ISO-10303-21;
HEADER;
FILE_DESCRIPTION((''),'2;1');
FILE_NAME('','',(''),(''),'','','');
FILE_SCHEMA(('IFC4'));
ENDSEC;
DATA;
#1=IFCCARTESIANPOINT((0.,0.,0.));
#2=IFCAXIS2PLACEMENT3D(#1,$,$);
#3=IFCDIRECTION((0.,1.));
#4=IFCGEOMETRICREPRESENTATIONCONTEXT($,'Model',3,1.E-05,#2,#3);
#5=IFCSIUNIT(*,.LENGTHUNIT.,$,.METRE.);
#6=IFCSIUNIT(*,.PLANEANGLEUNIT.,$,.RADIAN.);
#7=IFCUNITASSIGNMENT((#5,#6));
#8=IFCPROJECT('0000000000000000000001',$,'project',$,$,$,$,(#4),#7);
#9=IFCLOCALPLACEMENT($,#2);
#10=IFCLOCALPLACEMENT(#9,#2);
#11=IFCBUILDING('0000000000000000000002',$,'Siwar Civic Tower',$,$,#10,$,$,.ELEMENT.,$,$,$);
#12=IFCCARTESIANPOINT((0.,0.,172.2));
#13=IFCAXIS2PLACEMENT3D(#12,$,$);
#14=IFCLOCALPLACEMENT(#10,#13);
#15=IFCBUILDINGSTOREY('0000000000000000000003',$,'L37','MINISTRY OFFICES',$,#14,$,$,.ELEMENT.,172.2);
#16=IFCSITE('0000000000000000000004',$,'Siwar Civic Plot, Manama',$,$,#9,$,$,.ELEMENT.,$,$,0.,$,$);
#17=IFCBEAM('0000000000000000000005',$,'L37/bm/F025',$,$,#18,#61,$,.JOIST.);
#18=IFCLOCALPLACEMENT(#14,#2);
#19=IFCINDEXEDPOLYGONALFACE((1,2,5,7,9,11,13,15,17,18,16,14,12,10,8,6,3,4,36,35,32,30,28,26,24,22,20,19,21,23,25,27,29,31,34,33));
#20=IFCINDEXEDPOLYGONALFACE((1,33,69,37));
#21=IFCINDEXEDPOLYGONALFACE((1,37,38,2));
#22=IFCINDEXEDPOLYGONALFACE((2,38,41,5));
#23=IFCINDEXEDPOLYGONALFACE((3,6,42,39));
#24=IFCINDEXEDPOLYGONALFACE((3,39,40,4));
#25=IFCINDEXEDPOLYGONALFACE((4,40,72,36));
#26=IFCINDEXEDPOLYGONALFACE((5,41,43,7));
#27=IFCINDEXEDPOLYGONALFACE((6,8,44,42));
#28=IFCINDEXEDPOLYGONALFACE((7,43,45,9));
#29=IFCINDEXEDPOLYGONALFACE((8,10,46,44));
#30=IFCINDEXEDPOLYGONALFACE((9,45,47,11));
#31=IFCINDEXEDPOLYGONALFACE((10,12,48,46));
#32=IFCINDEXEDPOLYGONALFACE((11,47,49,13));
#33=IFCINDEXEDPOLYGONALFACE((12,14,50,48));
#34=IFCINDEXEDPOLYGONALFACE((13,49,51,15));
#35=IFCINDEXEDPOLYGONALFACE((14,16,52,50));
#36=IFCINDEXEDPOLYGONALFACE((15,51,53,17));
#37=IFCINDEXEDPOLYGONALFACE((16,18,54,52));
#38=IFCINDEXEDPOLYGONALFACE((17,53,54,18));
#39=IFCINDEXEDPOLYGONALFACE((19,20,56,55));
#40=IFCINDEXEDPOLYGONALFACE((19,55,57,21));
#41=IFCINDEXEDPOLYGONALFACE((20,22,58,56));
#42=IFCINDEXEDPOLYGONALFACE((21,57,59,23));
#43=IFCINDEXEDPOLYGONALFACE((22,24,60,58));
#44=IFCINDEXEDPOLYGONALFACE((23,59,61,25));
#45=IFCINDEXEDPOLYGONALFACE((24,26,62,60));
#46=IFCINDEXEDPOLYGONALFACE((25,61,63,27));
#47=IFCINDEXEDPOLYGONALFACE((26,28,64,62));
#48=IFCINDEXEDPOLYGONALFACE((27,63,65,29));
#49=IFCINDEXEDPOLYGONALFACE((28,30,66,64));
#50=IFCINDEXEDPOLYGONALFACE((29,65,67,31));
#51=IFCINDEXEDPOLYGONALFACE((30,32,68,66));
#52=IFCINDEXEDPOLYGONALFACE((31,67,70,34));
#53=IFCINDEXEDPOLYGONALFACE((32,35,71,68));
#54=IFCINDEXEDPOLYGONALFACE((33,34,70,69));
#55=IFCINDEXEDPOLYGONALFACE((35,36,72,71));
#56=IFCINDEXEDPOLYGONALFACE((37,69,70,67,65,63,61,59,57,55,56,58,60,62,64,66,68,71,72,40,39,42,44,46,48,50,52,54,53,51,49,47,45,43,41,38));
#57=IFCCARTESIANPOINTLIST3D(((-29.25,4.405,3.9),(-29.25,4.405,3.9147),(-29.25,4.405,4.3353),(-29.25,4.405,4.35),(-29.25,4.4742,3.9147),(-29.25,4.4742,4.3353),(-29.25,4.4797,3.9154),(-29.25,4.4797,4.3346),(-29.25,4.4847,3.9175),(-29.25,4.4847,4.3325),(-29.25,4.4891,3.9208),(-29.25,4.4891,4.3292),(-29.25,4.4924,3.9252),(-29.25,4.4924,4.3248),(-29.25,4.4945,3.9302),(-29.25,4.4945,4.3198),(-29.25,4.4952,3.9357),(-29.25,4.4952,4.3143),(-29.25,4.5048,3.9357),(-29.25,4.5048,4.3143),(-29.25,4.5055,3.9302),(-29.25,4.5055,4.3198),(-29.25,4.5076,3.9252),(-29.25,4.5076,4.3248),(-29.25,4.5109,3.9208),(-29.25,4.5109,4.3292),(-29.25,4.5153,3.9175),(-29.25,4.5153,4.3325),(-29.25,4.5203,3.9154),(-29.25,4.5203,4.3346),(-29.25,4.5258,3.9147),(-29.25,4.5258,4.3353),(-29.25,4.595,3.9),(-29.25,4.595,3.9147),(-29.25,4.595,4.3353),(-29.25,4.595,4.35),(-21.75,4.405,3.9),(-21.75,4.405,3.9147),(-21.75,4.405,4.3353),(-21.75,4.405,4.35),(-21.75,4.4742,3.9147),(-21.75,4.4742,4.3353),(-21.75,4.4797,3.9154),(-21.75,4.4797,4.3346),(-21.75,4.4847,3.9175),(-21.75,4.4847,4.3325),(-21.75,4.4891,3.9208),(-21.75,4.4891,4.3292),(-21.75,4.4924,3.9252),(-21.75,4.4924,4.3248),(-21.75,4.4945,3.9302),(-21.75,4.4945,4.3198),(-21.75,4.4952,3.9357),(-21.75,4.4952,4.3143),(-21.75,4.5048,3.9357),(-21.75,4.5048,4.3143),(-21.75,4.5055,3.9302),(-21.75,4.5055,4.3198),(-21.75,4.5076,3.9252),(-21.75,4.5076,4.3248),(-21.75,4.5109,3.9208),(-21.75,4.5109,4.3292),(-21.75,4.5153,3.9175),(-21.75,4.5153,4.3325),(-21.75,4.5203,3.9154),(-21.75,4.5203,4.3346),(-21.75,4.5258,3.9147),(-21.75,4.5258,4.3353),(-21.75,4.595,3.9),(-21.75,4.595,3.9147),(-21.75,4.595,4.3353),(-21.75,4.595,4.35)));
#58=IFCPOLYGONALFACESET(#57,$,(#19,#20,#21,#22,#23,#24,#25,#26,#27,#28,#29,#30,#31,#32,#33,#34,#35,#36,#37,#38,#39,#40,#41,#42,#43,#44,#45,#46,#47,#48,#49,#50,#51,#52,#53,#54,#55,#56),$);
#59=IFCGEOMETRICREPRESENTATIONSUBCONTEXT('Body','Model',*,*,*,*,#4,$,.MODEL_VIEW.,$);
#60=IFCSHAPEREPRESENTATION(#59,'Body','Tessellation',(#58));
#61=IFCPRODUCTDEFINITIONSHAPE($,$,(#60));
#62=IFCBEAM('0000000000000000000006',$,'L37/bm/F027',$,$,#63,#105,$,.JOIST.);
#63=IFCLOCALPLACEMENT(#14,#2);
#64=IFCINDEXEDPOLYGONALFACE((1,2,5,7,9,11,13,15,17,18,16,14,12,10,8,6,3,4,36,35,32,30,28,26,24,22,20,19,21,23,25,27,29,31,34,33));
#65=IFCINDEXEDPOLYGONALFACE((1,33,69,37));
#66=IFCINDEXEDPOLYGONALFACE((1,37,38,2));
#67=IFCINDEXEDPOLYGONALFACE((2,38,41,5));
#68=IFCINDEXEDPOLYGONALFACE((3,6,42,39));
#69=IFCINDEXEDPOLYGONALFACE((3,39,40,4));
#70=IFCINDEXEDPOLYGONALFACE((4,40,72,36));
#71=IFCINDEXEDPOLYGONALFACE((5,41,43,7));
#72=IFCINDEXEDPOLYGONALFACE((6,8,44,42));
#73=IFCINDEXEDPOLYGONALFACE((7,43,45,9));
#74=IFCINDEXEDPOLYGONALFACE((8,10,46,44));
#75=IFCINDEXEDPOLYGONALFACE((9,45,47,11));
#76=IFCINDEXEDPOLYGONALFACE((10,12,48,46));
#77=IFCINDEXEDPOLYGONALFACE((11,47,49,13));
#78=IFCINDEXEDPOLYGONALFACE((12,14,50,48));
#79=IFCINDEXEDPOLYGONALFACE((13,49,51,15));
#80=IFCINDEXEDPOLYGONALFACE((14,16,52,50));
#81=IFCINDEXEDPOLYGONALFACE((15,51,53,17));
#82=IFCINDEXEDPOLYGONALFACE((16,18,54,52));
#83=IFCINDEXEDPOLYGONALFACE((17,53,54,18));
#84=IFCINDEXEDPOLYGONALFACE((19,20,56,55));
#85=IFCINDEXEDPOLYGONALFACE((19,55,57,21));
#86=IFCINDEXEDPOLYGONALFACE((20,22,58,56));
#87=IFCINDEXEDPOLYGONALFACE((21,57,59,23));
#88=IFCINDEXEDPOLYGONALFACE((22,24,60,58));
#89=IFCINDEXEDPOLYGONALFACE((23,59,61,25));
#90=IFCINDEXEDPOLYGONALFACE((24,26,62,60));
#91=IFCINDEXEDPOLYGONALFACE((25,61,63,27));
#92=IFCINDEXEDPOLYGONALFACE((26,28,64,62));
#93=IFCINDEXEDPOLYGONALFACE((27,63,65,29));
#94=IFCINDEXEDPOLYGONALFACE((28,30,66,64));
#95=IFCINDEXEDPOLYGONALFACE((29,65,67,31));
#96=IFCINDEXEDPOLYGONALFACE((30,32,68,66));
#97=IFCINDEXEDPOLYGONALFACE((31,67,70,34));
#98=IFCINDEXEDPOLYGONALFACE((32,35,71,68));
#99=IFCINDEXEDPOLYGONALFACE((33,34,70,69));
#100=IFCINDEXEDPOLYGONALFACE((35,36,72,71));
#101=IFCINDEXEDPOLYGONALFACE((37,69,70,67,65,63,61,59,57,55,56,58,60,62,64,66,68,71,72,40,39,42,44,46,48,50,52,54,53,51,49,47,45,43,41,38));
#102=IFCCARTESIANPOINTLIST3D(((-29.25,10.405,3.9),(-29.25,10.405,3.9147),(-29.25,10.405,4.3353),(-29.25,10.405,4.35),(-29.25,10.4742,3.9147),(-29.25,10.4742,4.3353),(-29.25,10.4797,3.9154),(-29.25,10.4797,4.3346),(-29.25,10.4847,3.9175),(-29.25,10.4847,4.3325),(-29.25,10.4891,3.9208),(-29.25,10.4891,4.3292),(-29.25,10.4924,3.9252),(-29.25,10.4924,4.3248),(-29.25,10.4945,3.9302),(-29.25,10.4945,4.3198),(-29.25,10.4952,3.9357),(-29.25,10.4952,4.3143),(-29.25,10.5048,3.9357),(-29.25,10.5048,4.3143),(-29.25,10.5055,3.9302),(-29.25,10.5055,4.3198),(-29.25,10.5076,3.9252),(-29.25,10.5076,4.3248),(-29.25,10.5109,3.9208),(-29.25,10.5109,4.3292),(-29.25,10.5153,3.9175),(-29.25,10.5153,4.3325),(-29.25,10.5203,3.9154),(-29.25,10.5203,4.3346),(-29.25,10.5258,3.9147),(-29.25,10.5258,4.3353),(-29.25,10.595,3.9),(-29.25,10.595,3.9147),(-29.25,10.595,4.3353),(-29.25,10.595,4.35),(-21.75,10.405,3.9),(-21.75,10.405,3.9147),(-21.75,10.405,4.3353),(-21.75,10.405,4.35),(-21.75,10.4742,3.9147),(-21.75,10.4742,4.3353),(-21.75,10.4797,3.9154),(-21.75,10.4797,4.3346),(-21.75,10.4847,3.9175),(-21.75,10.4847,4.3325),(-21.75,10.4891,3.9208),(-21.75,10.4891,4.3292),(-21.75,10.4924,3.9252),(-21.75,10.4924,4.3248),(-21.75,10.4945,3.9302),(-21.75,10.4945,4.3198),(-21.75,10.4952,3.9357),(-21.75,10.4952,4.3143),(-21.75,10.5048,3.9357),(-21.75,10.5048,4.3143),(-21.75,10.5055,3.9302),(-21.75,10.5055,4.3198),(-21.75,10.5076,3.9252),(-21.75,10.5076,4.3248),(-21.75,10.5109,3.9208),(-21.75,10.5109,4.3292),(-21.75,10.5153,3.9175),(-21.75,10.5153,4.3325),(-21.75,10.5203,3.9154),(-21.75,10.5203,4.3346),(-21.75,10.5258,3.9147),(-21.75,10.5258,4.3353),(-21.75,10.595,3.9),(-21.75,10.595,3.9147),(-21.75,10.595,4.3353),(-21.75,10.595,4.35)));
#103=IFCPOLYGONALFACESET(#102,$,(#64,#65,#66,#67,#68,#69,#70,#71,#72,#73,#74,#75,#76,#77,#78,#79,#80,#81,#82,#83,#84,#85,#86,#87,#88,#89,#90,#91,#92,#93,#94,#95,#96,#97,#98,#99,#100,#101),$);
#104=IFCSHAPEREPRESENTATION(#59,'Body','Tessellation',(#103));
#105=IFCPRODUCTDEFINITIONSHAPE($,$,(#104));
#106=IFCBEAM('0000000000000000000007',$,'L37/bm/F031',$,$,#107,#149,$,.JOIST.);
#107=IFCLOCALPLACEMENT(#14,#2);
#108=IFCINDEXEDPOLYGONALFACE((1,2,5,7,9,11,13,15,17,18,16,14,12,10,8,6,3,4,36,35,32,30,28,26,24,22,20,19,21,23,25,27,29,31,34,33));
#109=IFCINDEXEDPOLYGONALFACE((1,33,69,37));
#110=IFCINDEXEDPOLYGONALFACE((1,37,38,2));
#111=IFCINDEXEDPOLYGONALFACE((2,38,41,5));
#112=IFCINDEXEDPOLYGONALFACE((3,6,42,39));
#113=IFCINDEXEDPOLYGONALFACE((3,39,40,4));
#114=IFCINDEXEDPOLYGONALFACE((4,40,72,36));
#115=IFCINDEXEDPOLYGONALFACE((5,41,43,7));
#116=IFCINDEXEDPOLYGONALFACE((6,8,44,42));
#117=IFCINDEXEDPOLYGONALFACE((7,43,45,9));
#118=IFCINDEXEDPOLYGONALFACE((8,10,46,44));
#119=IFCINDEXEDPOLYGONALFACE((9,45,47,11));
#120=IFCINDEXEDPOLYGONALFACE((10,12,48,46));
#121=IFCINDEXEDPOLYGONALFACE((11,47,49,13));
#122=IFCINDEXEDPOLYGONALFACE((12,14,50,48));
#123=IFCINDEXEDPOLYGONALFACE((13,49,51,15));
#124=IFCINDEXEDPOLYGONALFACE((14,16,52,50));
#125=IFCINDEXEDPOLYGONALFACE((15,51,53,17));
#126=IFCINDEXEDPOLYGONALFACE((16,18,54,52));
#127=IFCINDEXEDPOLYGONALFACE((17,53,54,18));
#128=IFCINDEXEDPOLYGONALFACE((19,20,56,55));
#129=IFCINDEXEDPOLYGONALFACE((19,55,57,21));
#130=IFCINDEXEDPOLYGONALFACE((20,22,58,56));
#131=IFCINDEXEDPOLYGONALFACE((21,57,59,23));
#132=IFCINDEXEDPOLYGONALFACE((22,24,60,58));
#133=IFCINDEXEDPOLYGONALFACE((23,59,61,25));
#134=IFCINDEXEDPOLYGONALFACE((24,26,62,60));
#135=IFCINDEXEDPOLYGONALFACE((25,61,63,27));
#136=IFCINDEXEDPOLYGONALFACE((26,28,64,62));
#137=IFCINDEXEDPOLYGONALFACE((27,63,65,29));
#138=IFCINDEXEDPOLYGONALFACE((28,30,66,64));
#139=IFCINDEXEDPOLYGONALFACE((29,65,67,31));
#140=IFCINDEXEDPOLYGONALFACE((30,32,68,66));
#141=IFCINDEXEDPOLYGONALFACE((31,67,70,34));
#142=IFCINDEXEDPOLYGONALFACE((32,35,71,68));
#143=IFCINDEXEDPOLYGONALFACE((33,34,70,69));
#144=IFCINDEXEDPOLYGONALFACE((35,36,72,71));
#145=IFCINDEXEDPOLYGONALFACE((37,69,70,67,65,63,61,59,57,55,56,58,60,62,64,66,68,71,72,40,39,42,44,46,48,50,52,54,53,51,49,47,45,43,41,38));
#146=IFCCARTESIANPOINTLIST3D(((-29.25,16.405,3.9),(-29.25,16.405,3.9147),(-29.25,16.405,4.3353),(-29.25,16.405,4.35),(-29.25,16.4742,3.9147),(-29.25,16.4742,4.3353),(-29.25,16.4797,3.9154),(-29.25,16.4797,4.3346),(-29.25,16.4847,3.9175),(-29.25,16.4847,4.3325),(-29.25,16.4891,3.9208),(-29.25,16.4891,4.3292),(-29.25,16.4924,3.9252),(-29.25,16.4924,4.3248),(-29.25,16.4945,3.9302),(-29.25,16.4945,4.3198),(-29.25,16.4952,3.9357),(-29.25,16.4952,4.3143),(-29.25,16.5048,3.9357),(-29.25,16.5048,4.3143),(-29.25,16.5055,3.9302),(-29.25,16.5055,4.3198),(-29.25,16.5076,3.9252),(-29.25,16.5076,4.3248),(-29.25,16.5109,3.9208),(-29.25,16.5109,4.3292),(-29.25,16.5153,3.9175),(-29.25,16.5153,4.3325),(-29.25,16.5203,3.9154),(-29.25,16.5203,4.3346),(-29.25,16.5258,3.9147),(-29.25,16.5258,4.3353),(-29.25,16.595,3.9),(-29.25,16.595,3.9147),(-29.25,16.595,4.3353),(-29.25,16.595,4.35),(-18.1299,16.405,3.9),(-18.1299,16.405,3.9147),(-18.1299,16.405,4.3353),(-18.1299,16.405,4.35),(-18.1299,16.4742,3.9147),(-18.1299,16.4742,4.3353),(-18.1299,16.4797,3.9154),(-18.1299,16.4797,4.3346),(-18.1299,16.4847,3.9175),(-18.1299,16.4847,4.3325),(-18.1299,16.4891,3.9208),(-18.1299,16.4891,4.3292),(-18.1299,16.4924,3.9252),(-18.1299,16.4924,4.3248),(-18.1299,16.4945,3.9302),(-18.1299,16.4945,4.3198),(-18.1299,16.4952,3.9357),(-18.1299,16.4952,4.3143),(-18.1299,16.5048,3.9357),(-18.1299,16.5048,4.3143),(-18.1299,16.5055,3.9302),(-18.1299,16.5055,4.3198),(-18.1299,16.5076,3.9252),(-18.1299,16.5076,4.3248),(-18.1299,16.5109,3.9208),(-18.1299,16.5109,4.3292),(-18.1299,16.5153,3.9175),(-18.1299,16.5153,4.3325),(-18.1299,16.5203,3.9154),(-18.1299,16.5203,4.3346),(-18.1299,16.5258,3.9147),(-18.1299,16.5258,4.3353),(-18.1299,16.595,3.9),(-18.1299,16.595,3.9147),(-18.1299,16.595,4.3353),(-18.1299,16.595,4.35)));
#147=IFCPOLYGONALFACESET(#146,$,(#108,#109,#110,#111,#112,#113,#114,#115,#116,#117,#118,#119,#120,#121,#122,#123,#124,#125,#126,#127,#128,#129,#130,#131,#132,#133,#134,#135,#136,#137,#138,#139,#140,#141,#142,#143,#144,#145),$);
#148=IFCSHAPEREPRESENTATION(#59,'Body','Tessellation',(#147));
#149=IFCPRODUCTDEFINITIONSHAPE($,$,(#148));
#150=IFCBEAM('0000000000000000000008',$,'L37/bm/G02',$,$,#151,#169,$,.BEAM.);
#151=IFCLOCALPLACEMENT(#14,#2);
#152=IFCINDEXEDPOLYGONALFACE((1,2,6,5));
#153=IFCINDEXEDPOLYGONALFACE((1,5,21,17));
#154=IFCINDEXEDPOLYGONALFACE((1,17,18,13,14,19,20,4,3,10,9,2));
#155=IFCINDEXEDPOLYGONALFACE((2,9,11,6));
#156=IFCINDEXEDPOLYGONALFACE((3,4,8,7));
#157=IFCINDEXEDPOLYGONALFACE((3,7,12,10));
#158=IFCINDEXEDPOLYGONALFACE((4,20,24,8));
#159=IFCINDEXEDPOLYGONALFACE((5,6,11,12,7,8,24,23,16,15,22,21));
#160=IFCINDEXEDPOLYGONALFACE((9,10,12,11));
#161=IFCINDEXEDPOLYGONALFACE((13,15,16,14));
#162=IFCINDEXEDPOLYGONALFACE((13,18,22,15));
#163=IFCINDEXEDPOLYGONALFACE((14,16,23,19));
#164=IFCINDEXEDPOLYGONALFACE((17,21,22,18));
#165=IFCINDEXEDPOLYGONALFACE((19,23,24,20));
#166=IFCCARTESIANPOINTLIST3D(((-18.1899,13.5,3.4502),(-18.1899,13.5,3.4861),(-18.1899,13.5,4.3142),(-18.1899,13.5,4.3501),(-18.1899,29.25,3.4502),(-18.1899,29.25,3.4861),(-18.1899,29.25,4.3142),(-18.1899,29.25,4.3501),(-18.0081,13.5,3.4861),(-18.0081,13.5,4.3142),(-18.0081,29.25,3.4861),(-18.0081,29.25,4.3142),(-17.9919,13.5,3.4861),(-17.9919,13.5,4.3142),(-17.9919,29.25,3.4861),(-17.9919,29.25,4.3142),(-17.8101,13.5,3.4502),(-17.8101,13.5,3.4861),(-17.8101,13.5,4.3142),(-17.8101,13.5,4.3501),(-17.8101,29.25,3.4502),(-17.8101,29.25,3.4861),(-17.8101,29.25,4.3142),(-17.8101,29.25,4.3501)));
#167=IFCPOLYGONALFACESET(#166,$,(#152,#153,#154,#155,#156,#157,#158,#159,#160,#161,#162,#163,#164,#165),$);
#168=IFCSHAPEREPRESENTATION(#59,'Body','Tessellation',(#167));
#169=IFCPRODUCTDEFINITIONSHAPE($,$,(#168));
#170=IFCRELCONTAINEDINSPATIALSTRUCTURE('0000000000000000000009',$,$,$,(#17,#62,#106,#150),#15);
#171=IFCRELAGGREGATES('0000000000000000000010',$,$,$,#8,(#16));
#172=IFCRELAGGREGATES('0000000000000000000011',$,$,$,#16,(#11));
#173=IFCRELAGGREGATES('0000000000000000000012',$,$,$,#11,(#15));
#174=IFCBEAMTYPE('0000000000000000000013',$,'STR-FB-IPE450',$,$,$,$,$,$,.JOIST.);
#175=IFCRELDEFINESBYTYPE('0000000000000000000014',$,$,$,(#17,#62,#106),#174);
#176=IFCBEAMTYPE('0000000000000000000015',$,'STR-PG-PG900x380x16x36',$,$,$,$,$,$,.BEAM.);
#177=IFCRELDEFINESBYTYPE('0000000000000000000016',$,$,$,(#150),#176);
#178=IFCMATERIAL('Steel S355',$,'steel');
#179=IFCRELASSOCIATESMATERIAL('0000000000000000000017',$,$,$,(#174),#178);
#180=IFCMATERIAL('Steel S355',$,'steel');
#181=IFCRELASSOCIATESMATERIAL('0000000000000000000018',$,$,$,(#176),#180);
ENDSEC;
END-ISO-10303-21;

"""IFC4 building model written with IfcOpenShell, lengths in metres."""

from ifc_helpers import new_model, si_unit, direction, frame, origin, origin_2d, place, context, subcontext, project, spatial, i_section, extrude, material, material_profile, profile_set, type_object, element, save


model = new_model("IFC4")

# Units and contexts
model_context = context("Model", 3, precision=1e-05, world=origin(), true_north=direction((0.0, 1.0)))
body_context = subcontext(model_context, "Body", "Model", "MODEL_VIEW")
ifc_project = project(units=[si_unit("LENGTHUNIT", "METRE"), si_unit("PLANEANGLEUNIT", "RADIAN")], contexts=[model_context])

# Site, building, storey
site_placement = place(None, origin())
site = spatial("IfcSite", under=ifc_project, at=site_placement, Name="Siwar Civic Plot, Manama", CompositionType="ELEMENT", RefElevation=0.0)
building_placement = place(site_placement, origin())
building = spatial("IfcBuilding", under=site, at=building_placement, Name="Siwar Civic Tower", CompositionType="ELEMENT")
storey_placement = place(building_placement, frame((0.0, 0.0, 172.2)))
storey = spatial("IfcBuildingStorey", under=building, at=storey_placement, Name="L37", Description="MINISTRY OFFICES", CompositionType="ELEMENT", Elevation=172.2)

# Beams
ifc_material_1 = material(Name="Steel S355", Category="steel")
ifc_material_profile_1 = material_profile(ifc_material_1, i_section(OverallWidth=0.1899, OverallDepth=0.45, WebThickness=0.0095, FlangeThickness=0.0146, FilletRadius=0.021, at=origin_2d()), Name="IPE450")
ifc_profile_set_1 = profile_set([ifc_material_profile_1], Name="Steel S355")
beam_type_1 = type_object("IfcBeamType", Name="STR-FB-IPE450", PredefinedType="JOIST", material=ifc_profile_set_1)
for number, where, z_axis, x_axis, name in (
    (1, (-29.25, 4.5, 4.125), (1.0, 0.0, 0.0), (0.0, 1.0, 0.0), "L37/bm/F025"),
    (2, (-29.25, 10.5, 4.125), (1.0, 0.0, 0.0), (0.0, 1.0, 0.0), "L37/bm/F027"),
):
    element("IfcBeam", number, at=place(storey_placement, frame(where, z_axis=z_axis, x_axis=x_axis)), inside=storey, type_object=beam_type_1, Name=name, PredefinedType="JOIST", context=body_context, shape_type="SweptSolid", body=[
        extrude(i_section(OverallWidth=0.1899, OverallDepth=0.45, WebThickness=0.0095, FlangeThickness=0.0146, FilletRadius=0.021, at=origin_2d()), origin(), (0.0, 0.0, 1.0), 7.5),
    ])
beam_1_placement = place(storey_placement, frame((-29.25, 16.5, 4.125), z_axis=(1.0, 0.0, 0.0), x_axis=(0.0, 1.0, 0.0)))
element("IfcBeam", 3, at=beam_1_placement, inside=storey, type_object=beam_type_1, Name="L37/bm/F031", PredefinedType="JOIST", context=body_context, shape_type="SweptSolid", body=[
    extrude(i_section(OverallWidth=0.1899, OverallDepth=0.45, WebThickness=0.0095, FlangeThickness=0.0146, FilletRadius=0.021, at=origin_2d()), origin(), (0.0, 0.0, 1.0), 11.1201),
])
ifc_material_2 = material(Name="Steel S355", Category="steel")
ifc_material_profile_2 = material_profile(ifc_material_2, i_section(OverallWidth=0.3799, OverallDepth=0.8999, WebThickness=0.0161, FlangeThickness=0.0359, at=origin_2d()), Name="PG900x380x16x36")
ifc_profile_set_2 = profile_set([ifc_material_profile_2], Name="Steel S355")
beam_type_2 = type_object("IfcBeamType", Name="STR-PG-PG900x380x16x36", PredefinedType="BEAM", material=ifc_profile_set_2)
beam_2_placement = place(storey_placement, frame((-18.0, 13.5, 3.9001), z_axis=(0.0, 1.0, 0.0), x_axis=(-1.0, 0.0, 0.0)))
element("IfcBeam", 4, at=beam_2_placement, inside=storey, type_object=beam_type_2, Name="L37/bm/G02", PredefinedType="BEAM", context=body_context, shape_type="SweptSolid", body=[
    extrude(i_section(OverallWidth=0.3799, OverallDepth=0.8999, WebThickness=0.0161, FlangeThickness=0.0359, at=origin_2d()), origin(), (0.0, 0.0, 1.0), 15.75),
])

save(model, "model.ifc")
